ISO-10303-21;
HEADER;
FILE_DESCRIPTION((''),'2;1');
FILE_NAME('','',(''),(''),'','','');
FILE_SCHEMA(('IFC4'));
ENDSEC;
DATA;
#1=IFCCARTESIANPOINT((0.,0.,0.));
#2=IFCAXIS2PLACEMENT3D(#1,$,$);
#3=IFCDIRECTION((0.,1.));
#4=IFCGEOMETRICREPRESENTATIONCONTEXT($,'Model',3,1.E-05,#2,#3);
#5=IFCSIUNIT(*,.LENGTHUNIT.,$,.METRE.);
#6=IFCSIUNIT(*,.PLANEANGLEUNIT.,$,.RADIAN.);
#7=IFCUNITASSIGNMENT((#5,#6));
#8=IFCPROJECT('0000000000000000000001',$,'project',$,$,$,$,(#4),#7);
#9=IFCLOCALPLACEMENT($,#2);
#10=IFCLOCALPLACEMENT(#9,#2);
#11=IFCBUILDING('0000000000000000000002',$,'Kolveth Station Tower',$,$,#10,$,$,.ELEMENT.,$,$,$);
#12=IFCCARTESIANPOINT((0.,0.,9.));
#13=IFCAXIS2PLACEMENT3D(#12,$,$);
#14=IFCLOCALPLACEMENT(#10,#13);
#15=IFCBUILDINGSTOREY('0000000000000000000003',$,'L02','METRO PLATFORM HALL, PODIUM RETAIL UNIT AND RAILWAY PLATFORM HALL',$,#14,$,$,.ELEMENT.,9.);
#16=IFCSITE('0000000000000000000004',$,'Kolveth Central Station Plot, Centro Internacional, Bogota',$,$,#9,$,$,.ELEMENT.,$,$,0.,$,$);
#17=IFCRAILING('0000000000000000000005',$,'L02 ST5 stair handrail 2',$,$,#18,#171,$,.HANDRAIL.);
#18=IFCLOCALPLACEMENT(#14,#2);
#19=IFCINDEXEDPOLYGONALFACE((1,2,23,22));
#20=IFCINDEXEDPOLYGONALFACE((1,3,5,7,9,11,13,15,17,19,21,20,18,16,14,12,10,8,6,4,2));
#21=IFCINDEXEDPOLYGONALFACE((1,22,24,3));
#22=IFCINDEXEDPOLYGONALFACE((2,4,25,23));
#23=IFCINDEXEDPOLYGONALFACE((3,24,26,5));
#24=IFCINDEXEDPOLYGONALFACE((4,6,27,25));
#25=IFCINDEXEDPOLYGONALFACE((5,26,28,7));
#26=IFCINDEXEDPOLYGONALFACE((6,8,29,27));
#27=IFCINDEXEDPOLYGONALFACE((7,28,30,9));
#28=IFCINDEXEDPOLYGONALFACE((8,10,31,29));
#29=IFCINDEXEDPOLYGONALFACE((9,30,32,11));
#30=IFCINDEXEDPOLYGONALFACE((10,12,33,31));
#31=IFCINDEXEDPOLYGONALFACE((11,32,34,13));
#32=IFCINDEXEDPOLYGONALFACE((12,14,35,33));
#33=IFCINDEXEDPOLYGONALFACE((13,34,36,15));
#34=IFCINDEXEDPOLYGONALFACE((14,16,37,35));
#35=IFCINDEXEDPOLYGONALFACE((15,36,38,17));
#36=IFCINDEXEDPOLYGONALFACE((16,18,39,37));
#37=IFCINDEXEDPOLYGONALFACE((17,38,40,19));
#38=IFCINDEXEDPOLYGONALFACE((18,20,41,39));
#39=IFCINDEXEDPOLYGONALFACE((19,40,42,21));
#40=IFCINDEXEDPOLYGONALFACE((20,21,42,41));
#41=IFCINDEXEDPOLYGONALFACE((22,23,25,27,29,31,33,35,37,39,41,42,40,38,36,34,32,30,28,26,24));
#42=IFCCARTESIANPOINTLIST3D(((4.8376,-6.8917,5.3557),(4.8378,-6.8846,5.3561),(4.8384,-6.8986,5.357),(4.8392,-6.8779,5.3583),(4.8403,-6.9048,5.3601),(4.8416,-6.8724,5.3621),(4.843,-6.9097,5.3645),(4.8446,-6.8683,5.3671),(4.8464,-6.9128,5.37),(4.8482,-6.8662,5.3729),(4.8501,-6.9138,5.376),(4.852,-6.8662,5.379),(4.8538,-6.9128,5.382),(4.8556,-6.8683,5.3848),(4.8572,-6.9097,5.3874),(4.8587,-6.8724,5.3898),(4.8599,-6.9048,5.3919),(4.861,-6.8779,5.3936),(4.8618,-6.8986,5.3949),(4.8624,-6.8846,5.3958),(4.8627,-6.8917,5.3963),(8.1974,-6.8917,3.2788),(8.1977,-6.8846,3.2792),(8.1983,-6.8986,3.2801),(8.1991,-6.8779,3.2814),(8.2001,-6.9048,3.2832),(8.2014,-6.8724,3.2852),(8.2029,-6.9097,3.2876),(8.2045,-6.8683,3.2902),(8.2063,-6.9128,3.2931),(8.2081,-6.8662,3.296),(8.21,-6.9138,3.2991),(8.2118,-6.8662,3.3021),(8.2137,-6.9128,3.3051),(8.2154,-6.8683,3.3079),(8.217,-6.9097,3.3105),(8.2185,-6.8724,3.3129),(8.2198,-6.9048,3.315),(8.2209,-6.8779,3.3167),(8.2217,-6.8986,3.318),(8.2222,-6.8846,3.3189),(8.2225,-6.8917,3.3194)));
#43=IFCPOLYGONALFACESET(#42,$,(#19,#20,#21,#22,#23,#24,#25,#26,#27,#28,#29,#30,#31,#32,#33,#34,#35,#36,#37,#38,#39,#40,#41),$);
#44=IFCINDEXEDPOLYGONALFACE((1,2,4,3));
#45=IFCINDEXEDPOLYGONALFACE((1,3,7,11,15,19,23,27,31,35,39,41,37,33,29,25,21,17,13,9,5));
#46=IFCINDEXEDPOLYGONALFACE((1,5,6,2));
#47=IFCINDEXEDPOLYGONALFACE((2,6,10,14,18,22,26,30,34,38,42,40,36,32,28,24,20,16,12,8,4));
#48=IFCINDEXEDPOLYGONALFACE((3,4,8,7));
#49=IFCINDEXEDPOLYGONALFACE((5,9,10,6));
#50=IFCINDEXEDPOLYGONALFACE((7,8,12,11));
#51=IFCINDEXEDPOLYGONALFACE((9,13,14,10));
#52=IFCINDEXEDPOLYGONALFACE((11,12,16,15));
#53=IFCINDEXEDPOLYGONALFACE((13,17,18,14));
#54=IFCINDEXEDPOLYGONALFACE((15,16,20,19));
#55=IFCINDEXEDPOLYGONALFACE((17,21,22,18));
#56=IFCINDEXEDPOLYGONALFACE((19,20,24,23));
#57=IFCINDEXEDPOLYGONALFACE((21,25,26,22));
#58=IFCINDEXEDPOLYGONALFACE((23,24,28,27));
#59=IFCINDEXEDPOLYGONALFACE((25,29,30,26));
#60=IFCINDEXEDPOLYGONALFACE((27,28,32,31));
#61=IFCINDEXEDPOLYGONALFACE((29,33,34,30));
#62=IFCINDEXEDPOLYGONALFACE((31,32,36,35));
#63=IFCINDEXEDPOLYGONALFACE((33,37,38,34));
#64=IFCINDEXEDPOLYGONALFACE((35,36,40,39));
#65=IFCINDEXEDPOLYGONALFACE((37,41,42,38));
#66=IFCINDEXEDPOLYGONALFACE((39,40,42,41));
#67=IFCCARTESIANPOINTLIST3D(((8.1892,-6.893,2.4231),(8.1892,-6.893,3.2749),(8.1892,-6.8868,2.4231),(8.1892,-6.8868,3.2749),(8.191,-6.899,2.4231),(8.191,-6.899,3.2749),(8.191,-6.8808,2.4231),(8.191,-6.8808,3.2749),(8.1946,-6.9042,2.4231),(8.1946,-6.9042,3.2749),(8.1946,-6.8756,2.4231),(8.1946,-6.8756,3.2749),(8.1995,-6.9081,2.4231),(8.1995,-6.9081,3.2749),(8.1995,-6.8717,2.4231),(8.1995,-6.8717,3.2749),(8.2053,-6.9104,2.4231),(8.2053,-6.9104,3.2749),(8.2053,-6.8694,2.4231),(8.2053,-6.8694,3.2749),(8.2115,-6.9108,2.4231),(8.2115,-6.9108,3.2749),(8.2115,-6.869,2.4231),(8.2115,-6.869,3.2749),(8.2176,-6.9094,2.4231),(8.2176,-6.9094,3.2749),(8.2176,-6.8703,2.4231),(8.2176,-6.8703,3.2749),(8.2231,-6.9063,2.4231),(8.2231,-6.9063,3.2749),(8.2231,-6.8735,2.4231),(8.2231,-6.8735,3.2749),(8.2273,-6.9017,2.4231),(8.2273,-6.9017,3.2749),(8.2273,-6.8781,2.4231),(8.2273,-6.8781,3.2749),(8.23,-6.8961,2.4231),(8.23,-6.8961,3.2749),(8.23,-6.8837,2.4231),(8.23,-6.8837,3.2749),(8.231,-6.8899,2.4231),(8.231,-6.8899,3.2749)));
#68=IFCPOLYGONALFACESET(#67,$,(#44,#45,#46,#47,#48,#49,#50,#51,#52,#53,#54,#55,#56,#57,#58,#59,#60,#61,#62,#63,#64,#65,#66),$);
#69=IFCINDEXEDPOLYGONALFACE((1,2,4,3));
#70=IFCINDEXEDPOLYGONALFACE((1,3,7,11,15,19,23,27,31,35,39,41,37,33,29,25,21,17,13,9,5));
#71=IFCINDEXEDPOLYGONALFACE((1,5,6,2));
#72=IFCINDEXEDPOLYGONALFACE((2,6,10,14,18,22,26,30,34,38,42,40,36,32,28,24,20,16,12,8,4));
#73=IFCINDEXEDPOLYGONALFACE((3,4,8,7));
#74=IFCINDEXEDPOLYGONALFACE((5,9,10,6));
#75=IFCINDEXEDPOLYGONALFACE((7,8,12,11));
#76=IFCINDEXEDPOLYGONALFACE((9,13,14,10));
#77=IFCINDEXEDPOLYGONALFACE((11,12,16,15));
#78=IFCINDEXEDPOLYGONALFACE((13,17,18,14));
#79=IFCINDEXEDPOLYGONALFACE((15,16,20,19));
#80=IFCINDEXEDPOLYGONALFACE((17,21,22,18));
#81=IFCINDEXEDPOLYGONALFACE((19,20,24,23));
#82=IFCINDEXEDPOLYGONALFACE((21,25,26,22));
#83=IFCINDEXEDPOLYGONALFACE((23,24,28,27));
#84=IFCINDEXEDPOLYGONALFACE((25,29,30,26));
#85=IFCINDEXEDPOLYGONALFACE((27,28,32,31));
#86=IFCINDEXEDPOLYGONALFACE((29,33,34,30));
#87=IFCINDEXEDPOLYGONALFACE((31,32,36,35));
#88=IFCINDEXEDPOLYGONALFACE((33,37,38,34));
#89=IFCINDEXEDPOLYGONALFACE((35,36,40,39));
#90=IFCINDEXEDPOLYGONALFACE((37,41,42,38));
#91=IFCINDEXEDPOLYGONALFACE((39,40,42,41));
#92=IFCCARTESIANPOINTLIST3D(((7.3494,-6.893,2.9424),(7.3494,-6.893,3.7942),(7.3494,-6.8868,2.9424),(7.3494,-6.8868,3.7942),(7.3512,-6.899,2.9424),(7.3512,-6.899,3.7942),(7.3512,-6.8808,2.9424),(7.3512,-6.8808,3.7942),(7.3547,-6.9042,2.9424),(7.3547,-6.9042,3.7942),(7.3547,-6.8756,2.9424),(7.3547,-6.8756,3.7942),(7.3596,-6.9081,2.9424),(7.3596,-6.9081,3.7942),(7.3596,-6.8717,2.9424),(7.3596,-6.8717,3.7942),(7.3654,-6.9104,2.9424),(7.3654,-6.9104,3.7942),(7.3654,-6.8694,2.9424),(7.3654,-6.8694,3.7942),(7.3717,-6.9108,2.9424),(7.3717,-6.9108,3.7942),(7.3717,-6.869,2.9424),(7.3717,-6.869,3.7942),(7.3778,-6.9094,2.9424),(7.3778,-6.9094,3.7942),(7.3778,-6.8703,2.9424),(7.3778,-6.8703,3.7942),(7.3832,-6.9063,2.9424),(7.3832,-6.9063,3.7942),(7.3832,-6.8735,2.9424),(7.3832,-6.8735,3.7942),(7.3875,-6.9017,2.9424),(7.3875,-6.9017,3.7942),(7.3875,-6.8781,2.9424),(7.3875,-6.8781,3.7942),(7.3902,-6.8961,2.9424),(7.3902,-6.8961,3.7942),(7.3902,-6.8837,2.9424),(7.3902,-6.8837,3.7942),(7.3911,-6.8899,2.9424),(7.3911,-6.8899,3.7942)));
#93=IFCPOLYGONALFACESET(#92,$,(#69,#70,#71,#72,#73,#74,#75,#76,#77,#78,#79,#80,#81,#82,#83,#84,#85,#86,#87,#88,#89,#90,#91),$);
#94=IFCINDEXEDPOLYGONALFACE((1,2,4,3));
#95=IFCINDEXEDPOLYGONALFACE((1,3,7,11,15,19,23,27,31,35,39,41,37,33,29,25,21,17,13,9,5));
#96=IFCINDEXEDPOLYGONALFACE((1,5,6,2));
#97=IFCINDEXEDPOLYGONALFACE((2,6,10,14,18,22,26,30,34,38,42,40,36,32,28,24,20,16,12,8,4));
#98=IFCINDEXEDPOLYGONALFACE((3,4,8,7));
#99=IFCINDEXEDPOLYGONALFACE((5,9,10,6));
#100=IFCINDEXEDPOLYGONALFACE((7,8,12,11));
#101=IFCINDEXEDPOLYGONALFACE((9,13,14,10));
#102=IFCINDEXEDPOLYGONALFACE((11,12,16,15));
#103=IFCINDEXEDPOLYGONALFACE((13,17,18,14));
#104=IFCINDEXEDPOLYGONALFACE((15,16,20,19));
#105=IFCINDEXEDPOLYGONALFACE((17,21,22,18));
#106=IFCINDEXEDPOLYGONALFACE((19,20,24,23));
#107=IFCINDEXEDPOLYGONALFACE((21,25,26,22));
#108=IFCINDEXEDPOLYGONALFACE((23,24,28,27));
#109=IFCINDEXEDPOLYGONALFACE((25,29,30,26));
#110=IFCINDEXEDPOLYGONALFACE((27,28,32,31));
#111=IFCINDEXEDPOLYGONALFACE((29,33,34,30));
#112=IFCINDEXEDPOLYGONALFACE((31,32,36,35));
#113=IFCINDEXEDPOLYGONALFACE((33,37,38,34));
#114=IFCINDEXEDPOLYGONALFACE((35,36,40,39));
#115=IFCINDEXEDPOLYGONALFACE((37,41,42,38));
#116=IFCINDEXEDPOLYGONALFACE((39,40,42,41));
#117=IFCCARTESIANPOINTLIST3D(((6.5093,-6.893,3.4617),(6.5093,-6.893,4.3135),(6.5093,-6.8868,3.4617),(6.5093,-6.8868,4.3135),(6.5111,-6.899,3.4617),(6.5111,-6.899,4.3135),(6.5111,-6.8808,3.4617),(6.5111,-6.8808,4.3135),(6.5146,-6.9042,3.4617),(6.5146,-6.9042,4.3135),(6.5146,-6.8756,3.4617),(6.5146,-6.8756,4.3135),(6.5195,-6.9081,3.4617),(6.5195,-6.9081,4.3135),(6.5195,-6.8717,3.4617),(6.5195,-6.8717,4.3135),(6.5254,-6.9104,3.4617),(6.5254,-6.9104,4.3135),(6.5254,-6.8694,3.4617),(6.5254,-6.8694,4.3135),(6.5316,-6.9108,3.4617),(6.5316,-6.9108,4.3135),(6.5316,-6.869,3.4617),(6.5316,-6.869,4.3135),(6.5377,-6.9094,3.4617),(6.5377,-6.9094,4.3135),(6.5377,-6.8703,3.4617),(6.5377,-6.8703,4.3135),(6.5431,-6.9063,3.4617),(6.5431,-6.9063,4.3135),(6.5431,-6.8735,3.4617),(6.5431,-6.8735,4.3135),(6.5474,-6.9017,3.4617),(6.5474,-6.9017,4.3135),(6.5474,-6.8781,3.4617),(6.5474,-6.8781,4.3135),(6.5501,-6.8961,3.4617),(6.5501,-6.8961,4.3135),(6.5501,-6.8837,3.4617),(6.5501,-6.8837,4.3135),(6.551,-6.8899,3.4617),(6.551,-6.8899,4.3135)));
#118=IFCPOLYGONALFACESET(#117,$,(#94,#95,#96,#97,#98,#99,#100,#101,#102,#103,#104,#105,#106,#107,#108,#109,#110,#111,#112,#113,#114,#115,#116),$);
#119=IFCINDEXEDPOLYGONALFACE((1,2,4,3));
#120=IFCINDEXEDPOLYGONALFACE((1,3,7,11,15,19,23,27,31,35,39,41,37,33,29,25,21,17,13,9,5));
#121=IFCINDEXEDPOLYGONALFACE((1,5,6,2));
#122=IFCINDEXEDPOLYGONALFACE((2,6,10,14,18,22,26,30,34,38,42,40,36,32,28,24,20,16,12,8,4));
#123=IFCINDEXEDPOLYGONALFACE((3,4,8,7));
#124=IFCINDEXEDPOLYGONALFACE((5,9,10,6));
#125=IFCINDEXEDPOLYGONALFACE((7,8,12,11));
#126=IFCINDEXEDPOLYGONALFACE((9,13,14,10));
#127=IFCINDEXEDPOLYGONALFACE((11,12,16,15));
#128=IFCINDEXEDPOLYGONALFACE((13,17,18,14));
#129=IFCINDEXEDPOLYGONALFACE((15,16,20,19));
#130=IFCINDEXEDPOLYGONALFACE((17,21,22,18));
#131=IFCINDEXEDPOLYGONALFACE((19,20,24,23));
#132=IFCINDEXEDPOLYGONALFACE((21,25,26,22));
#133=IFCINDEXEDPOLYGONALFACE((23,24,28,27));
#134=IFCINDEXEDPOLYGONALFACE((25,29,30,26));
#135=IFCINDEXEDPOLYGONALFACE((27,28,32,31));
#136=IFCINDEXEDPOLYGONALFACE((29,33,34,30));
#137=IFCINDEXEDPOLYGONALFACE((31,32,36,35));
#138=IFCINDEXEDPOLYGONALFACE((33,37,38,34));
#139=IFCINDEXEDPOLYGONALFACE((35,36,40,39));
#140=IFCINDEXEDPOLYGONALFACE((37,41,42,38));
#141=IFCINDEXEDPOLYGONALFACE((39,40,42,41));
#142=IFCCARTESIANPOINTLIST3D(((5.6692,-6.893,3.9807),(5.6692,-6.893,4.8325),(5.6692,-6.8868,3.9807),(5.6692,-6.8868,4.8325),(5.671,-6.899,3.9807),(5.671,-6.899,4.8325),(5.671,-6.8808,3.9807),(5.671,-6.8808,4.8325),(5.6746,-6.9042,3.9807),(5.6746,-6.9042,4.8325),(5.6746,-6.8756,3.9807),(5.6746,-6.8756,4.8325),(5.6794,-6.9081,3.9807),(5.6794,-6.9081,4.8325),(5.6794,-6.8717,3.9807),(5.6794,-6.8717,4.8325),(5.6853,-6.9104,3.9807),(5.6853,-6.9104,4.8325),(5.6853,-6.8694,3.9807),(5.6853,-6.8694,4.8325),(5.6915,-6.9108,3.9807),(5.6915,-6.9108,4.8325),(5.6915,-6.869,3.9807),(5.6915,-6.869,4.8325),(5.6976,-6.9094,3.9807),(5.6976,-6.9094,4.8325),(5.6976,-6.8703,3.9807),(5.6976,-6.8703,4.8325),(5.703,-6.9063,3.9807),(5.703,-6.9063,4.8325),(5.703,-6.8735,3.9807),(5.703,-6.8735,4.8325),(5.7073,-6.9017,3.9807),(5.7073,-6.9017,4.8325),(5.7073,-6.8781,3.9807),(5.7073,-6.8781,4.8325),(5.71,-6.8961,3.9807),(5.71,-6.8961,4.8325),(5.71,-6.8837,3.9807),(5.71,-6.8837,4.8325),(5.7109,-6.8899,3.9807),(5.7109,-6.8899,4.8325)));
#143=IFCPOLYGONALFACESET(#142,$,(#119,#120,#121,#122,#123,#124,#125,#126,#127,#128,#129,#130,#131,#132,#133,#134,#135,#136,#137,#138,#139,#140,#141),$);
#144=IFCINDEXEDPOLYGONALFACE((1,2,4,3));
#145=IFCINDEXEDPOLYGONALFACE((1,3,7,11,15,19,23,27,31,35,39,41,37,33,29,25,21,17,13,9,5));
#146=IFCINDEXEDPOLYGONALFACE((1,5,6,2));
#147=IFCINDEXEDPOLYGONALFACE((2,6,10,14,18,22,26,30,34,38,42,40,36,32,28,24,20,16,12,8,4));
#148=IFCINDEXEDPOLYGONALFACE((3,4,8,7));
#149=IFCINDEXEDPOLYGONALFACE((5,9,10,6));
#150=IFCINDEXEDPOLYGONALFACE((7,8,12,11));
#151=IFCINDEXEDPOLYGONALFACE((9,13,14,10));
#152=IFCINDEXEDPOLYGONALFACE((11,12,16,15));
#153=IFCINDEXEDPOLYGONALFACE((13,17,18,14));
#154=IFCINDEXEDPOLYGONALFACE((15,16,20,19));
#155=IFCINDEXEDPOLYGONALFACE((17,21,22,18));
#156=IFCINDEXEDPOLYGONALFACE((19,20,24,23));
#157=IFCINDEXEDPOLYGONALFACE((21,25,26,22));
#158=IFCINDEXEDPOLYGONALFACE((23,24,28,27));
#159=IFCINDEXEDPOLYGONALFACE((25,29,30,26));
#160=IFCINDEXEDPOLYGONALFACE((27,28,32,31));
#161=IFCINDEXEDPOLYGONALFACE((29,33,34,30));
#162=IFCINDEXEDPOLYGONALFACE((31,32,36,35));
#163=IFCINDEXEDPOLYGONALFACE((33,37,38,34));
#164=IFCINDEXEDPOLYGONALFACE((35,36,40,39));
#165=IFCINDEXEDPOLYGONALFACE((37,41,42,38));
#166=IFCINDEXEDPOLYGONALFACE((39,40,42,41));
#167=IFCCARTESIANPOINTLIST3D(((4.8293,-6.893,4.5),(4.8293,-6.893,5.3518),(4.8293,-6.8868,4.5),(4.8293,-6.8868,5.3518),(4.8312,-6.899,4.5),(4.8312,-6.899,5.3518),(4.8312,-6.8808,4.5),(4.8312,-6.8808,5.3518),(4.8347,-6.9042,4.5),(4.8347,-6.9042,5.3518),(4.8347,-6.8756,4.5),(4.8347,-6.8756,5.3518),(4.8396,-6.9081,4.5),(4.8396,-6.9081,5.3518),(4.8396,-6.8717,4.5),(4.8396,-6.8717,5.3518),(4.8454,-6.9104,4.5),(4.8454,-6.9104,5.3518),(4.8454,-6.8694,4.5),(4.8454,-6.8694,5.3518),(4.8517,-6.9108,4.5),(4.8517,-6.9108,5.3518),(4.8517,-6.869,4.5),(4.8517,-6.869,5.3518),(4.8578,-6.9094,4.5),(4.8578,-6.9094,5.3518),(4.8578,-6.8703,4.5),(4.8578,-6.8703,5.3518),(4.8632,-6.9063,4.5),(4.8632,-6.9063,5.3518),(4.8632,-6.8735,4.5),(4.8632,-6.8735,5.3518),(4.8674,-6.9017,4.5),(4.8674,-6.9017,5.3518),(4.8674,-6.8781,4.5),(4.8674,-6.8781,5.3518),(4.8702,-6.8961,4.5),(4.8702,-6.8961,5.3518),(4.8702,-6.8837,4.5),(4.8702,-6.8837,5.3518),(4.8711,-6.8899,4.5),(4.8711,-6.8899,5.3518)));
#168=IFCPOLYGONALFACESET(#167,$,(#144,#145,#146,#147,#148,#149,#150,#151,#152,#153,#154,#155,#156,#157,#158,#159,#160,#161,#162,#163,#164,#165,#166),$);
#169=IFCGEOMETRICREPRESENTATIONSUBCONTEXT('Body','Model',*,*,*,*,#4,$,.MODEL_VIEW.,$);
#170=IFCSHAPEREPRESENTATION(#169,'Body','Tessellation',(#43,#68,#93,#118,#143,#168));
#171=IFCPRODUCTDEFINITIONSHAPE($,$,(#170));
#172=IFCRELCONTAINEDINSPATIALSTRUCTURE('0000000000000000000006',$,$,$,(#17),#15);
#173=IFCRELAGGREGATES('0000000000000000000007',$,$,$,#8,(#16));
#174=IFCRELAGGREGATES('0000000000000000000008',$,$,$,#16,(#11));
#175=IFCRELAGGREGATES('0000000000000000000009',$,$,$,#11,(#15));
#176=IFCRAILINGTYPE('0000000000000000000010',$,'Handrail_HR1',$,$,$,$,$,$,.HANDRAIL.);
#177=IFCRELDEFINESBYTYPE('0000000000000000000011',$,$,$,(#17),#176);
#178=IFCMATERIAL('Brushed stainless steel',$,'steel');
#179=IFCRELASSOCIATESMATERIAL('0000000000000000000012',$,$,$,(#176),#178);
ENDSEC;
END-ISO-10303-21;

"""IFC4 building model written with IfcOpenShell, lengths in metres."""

from ifc_helpers import new_model, si_unit, direction, frame, origin, origin_2d, place, context, subcontext, project, spatial, circle, extrude, material, type_object, element, save


model = new_model("IFC4")

# Units and contexts
model_context = context("Model", 3, precision=1e-05, world=origin(), true_north=direction((0.0, 1.0)))
body_context = subcontext(model_context, "Body", "Model", "MODEL_VIEW")
ifc_project = project(units=[si_unit("LENGTHUNIT", "METRE"), si_unit("PLANEANGLEUNIT", "RADIAN")], contexts=[model_context])

# Site, building, storey
site_placement = place(None, origin())
site = spatial("IfcSite", under=ifc_project, at=site_placement, Name="Kolveth Central Station Plot, Centro Internacional, Bogota", CompositionType="ELEMENT", RefElevation=0.0)
building_placement = place(site_placement, origin())
building = spatial("IfcBuilding", under=site, at=building_placement, Name="Kolveth Station Tower", CompositionType="ELEMENT")
storey_placement = place(building_placement, frame((0.0, 0.0, 9.0)))
storey = spatial("IfcBuildingStorey", under=building, at=storey_placement, Name="L02", Description="METRO PLATFORM HALL, PODIUM RETAIL UNIT AND RAILWAY PLATFORM HALL", CompositionType="ELEMENT", Elevation=9.0)

# Railing
ifc_material_1 = material(Name="Brushed stainless steel", Category="steel")
railing_type_1 = type_object("IfcRailingType", Name="Handrail_HR1", PredefinedType="HANDRAIL", material=ifc_material_1)
railing_1_placement = place(storey_placement, frame((8.21, -6.8899, 2.4231)))
element("IfcRailing", 1, at=railing_1_placement, inside=storey, type_object=railing_type_1, Name="L02 ST5 stair handrail 2", PredefinedType="HANDRAIL", context=body_context, shape_type="SweptSolid", body=[
    extrude(circle(Radius=0.0239, at=origin_2d()), frame((0.0, 0.0, 0.876), z_axis=(-0.850606, 0.0, 0.525803), x_axis=(0.0, -1.0, 0.0)), (0.0, 0.0, 1.0), 3.95),
    extrude(circle(Radius=0.021, at=origin_2d()), origin(), (0.0, 0.0, 1.0), 0.8518),
    extrude(circle(Radius=0.021, at=origin_2d()), frame((-0.8398, 0.0, 0.5193)), (0.0, 0.0, 1.0), 0.8518),
    extrude(circle(Radius=0.021, at=origin_2d()), frame((-1.6799, 0.0, 1.0386)), (0.0, 0.0, 1.0), 0.8518),
    extrude(circle(Radius=0.021, at=origin_2d()), frame((-2.52, 0.0, 1.5576)), (0.0, 0.0, 1.0), 0.8518),
    extrude(circle(Radius=0.021, at=origin_2d()), frame((-3.3599, 0.0, 2.0769)), (0.0, 0.0, 1.0), 0.8518),
])

save(model, "model.ifc")
